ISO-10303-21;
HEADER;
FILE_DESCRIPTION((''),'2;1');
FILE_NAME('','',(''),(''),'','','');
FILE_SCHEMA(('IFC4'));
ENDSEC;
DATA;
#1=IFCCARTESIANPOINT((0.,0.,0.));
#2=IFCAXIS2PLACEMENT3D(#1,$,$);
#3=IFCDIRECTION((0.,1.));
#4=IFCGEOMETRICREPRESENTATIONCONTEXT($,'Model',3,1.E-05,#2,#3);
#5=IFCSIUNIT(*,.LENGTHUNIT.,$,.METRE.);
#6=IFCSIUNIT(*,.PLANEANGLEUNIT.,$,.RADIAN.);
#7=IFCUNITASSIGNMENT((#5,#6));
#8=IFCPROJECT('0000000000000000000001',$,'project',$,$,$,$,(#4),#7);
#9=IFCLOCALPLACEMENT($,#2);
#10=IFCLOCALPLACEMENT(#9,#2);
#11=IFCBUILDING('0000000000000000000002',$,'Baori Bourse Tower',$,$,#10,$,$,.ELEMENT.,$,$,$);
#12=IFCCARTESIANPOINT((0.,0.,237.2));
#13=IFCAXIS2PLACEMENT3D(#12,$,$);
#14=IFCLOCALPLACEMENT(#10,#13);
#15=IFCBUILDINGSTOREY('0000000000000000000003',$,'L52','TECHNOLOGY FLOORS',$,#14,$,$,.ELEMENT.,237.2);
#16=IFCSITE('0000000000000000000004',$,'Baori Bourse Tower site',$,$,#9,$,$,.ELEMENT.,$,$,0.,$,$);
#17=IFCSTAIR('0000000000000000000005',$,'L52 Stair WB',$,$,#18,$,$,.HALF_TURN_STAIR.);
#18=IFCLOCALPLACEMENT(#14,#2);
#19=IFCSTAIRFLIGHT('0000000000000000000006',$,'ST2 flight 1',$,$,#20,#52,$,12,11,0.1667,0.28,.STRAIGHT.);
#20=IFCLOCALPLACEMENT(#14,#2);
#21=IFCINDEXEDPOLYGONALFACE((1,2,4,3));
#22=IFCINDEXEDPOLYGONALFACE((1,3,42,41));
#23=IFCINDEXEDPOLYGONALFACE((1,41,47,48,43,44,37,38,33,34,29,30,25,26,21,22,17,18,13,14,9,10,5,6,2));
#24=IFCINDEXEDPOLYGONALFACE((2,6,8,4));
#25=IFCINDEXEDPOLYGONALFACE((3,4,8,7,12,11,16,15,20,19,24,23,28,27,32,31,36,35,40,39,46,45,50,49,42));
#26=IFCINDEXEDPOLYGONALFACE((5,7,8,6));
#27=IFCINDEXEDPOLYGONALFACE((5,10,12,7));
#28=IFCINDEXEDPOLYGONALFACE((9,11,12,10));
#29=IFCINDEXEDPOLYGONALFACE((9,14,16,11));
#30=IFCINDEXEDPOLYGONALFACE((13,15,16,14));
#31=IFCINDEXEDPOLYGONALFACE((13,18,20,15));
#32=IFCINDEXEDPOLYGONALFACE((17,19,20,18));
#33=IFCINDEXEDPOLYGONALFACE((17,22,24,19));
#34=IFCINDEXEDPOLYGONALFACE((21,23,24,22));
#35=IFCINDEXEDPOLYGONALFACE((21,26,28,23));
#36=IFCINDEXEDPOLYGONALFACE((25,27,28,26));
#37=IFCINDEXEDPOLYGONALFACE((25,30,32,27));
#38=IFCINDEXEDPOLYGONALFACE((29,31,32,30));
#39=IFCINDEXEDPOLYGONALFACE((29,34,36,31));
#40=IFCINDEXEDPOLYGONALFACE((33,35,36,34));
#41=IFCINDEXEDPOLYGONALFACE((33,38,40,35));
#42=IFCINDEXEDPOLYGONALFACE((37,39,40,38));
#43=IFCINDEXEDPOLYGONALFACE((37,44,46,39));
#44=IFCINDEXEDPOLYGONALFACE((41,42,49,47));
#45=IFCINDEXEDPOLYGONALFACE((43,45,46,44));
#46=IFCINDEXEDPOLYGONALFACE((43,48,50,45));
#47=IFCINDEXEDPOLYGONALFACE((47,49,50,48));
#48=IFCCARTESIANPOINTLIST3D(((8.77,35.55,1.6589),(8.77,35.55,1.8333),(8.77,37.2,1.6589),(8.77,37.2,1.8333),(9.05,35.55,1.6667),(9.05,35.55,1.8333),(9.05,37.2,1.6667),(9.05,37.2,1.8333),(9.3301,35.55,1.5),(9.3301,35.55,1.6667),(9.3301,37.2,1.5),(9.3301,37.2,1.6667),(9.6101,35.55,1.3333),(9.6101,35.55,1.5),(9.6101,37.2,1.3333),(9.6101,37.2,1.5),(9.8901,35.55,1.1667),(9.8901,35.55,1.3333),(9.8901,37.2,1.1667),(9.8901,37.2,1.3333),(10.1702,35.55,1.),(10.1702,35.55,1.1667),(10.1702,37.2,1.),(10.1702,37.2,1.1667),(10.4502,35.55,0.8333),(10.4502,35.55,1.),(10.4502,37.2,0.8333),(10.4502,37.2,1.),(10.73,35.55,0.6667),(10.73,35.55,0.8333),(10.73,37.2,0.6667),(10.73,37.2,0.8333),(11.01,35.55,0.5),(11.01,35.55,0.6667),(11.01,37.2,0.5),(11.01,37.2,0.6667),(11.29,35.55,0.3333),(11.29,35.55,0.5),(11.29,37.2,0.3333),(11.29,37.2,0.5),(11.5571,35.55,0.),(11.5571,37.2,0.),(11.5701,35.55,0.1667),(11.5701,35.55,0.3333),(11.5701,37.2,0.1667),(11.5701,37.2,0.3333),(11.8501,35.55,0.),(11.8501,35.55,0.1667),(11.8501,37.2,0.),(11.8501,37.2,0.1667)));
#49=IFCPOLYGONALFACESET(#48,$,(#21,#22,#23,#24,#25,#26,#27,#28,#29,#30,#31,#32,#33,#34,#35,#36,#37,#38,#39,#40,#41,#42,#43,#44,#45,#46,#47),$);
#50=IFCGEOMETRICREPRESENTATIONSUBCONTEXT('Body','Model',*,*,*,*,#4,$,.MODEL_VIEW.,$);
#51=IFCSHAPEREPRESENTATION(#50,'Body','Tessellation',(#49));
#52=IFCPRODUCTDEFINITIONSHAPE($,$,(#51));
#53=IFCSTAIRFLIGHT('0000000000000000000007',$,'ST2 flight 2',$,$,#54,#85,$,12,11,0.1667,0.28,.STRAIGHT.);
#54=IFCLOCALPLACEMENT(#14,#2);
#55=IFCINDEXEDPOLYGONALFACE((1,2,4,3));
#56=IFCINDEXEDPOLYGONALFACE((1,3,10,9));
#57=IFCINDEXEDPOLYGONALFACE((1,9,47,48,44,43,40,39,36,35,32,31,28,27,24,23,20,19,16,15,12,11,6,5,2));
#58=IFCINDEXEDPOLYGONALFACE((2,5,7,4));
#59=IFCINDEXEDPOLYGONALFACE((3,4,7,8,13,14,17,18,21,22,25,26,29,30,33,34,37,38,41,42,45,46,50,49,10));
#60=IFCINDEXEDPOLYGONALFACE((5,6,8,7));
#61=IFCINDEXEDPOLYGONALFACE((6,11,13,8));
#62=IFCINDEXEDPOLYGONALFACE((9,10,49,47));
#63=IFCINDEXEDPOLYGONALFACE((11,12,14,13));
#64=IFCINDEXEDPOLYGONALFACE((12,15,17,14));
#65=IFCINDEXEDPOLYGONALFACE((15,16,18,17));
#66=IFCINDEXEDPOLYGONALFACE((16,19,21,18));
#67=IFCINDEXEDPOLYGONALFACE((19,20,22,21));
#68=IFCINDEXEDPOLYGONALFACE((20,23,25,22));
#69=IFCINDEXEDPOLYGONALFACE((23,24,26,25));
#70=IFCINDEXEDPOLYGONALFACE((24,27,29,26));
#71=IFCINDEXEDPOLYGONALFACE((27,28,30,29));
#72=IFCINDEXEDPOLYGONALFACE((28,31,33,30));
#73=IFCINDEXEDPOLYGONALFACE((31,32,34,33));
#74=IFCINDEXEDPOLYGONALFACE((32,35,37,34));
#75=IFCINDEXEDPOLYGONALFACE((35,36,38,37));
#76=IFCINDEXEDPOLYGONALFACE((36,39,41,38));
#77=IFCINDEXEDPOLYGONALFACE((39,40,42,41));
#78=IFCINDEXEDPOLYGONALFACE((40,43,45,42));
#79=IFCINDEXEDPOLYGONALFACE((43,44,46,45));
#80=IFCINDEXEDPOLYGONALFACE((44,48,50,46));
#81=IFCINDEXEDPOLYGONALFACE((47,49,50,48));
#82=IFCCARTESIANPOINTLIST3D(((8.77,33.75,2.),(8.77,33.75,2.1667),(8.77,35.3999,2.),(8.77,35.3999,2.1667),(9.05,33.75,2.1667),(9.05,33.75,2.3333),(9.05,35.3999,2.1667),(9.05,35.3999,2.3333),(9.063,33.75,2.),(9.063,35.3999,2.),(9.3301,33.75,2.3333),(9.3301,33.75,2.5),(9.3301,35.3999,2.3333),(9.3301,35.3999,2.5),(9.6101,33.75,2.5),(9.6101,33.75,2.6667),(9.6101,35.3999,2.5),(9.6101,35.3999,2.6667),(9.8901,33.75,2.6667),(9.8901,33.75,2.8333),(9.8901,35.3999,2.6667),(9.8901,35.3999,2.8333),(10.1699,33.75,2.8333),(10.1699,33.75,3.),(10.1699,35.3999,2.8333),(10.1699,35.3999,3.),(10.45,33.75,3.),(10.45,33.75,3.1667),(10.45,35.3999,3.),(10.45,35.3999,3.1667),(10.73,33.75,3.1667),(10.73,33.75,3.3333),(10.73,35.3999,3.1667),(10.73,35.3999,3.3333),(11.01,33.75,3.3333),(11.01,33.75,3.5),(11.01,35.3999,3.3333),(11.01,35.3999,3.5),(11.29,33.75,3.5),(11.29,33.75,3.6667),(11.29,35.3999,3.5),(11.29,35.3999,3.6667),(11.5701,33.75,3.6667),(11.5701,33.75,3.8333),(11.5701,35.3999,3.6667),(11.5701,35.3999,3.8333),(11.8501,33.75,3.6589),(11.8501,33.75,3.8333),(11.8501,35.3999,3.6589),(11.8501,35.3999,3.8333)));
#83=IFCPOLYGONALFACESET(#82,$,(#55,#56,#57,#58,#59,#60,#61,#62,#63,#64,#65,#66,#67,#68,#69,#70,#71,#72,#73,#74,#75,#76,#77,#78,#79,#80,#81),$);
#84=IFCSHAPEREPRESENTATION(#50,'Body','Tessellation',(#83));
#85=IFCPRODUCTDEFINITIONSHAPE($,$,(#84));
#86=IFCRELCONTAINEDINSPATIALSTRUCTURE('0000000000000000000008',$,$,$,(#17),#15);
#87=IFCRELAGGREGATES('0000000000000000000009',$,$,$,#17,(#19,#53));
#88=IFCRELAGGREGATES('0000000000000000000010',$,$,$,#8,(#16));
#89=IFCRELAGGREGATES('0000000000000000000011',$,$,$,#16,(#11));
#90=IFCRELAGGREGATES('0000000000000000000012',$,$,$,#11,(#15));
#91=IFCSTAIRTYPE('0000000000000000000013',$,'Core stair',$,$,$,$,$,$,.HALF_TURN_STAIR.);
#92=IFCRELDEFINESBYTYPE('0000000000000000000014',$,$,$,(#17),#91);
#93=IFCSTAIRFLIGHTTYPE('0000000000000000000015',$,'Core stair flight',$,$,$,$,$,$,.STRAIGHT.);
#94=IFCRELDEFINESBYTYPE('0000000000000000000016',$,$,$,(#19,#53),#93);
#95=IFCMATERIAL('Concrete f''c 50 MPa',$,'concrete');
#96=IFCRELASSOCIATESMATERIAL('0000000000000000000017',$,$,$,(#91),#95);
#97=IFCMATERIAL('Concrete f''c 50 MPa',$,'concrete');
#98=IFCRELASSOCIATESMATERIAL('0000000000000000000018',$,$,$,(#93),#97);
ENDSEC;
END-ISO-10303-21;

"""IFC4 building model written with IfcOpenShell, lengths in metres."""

from ifc_helpers import new_model, si_unit, direction, frame, origin, place, context, subcontext, project, spatial, polyline, outline, extrude, material, type_object, element, aggregate, save


model = new_model("IFC4")

# Units and contexts
model_context = context("Model", 3, precision=1e-05, world=origin(), true_north=direction((0.0, 1.0)))
body_context = subcontext(model_context, "Body", "Model", "MODEL_VIEW")
ifc_project = project(units=[si_unit("LENGTHUNIT", "METRE"), si_unit("PLANEANGLEUNIT", "RADIAN")], contexts=[model_context])

# Site, building, storey
site_placement = place(None, origin())
site = spatial("IfcSite", under=ifc_project, at=site_placement, Name="Baori Bourse Tower site", CompositionType="ELEMENT", RefElevation=0.0)
building_placement = place(site_placement, origin())
building = spatial("IfcBuilding", under=site, at=building_placement, Name="Baori Bourse Tower", CompositionType="ELEMENT")
storey_placement = place(building_placement, frame((0.0, 0.0, 237.2)))
storey = spatial("IfcBuildingStorey", under=building, at=storey_placement, Name="L52", Description="TECHNOLOGY FLOORS", CompositionType="ELEMENT", Elevation=237.2)

# Stair, stair flights
ifc_material_1 = material(Name="Concrete f'c 50 MPa", Category="concrete")
stair_type = type_object("IfcStairType", Name="Core stair", PredefinedType="HALF_TURN_STAIR", material=ifc_material_1)
stair_placement = place(storey_placement, origin())
stair = element("IfcStair", 1, at=stair_placement, inside=storey, type_object=stair_type, Name="L52 Stair WB", PredefinedType="HALF_TURN_STAIR")
ifc_material_2 = material(Name="Concrete f'c 50 MPa", Category="concrete")
stair_flight_type = type_object("IfcStairFlightType", Name="Core stair flight", PredefinedType="STRAIGHT", material=ifc_material_2)
stair_flight_1_placement = place(storey_placement, frame((11.8501, 36.375, 0.0), z_axis=(0.0, 0.0, 1.0), x_axis=(-1.0, 0.0, 0.0)))
stair_flight_1 = element("IfcStairFlight", 2, at=stair_flight_1_placement, type_object=stair_flight_type, Name="ST2 flight 1", NumberOfRisers=12, NumberOfTreads=11, PredefinedType="STRAIGHT", RiserHeight=0.1667, TreadLength=0.28, context=body_context, shape_type="SweptSolid", body=[
    extrude(outline(polyline([(0.0, 0.0), (0.0, 0.1667), (0.28, 0.1667), (0.28, 0.3333), (0.5601, 0.3333), (0.5601, 0.5), (0.8401, 0.5), (0.8401, 0.6667), (1.1201, 0.6667), (1.1201, 0.8333), (1.3999, 0.8333), (1.3999, 1.0), (1.6799, 1.0), (1.6799, 1.1667), (1.96, 1.1667), (1.96, 1.3333), (2.24, 1.3333), (2.24, 1.5), (2.52, 1.5), (2.52, 1.6667), (2.8, 1.6667), (2.8, 1.8333), (3.0801, 1.8333), (3.0801, 2.0), (3.0801, 1.6589), (0.293, 0.0), (0.0, 0.0)])), frame((0.0, 0.825, 0.0), z_axis=(0.0, -1.0, 0.0), x_axis=(1.0, 0.0, 0.0)), (0.0, 0.0, 1.0), 1.6499),
])
stair_flight_2_placement = place(storey_placement, frame((8.77, 34.575, 2.0), z_axis=(0.0, 0.0, 1.0), x_axis=(1.0, 0.0, 0.0)))
stair_flight_2 = element("IfcStairFlight", 3, at=stair_flight_2_placement, type_object=stair_flight_type, Name="ST2 flight 2", NumberOfRisers=12, NumberOfTreads=11, PredefinedType="STRAIGHT", RiserHeight=0.1667, TreadLength=0.28, context=body_context, shape_type="SweptSolid", body=[
    extrude(outline(polyline([(0.0, 0.0), (0.0, 0.1667), (0.28, 0.1667), (0.28, 0.3333), (0.5601, 0.3333), (0.5601, 0.5), (0.8401, 0.5), (0.8401, 0.6667), (1.1201, 0.6667), (1.1201, 0.8333), (1.3999, 0.8333), (1.3999, 1.0), (1.6799, 1.0), (1.6799, 1.1667), (1.96, 1.1667), (1.96, 1.3333), (2.24, 1.3333), (2.24, 1.5), (2.52, 1.5), (2.52, 1.6667), (2.8, 1.6667), (2.8, 1.8333), (3.0801, 1.8333), (3.0801, 2.0), (3.0801, 1.6589), (0.293, 0.0), (0.0, 0.0)])), frame((0.0, 0.825, 0.0), z_axis=(0.0, -1.0, 0.0), x_axis=(1.0, 0.0, 0.0)), (0.0, 0.0, 1.0), 1.6499),
])
aggregate(stair, [stair_flight_1, stair_flight_2])

save(model, "model.ifc")
